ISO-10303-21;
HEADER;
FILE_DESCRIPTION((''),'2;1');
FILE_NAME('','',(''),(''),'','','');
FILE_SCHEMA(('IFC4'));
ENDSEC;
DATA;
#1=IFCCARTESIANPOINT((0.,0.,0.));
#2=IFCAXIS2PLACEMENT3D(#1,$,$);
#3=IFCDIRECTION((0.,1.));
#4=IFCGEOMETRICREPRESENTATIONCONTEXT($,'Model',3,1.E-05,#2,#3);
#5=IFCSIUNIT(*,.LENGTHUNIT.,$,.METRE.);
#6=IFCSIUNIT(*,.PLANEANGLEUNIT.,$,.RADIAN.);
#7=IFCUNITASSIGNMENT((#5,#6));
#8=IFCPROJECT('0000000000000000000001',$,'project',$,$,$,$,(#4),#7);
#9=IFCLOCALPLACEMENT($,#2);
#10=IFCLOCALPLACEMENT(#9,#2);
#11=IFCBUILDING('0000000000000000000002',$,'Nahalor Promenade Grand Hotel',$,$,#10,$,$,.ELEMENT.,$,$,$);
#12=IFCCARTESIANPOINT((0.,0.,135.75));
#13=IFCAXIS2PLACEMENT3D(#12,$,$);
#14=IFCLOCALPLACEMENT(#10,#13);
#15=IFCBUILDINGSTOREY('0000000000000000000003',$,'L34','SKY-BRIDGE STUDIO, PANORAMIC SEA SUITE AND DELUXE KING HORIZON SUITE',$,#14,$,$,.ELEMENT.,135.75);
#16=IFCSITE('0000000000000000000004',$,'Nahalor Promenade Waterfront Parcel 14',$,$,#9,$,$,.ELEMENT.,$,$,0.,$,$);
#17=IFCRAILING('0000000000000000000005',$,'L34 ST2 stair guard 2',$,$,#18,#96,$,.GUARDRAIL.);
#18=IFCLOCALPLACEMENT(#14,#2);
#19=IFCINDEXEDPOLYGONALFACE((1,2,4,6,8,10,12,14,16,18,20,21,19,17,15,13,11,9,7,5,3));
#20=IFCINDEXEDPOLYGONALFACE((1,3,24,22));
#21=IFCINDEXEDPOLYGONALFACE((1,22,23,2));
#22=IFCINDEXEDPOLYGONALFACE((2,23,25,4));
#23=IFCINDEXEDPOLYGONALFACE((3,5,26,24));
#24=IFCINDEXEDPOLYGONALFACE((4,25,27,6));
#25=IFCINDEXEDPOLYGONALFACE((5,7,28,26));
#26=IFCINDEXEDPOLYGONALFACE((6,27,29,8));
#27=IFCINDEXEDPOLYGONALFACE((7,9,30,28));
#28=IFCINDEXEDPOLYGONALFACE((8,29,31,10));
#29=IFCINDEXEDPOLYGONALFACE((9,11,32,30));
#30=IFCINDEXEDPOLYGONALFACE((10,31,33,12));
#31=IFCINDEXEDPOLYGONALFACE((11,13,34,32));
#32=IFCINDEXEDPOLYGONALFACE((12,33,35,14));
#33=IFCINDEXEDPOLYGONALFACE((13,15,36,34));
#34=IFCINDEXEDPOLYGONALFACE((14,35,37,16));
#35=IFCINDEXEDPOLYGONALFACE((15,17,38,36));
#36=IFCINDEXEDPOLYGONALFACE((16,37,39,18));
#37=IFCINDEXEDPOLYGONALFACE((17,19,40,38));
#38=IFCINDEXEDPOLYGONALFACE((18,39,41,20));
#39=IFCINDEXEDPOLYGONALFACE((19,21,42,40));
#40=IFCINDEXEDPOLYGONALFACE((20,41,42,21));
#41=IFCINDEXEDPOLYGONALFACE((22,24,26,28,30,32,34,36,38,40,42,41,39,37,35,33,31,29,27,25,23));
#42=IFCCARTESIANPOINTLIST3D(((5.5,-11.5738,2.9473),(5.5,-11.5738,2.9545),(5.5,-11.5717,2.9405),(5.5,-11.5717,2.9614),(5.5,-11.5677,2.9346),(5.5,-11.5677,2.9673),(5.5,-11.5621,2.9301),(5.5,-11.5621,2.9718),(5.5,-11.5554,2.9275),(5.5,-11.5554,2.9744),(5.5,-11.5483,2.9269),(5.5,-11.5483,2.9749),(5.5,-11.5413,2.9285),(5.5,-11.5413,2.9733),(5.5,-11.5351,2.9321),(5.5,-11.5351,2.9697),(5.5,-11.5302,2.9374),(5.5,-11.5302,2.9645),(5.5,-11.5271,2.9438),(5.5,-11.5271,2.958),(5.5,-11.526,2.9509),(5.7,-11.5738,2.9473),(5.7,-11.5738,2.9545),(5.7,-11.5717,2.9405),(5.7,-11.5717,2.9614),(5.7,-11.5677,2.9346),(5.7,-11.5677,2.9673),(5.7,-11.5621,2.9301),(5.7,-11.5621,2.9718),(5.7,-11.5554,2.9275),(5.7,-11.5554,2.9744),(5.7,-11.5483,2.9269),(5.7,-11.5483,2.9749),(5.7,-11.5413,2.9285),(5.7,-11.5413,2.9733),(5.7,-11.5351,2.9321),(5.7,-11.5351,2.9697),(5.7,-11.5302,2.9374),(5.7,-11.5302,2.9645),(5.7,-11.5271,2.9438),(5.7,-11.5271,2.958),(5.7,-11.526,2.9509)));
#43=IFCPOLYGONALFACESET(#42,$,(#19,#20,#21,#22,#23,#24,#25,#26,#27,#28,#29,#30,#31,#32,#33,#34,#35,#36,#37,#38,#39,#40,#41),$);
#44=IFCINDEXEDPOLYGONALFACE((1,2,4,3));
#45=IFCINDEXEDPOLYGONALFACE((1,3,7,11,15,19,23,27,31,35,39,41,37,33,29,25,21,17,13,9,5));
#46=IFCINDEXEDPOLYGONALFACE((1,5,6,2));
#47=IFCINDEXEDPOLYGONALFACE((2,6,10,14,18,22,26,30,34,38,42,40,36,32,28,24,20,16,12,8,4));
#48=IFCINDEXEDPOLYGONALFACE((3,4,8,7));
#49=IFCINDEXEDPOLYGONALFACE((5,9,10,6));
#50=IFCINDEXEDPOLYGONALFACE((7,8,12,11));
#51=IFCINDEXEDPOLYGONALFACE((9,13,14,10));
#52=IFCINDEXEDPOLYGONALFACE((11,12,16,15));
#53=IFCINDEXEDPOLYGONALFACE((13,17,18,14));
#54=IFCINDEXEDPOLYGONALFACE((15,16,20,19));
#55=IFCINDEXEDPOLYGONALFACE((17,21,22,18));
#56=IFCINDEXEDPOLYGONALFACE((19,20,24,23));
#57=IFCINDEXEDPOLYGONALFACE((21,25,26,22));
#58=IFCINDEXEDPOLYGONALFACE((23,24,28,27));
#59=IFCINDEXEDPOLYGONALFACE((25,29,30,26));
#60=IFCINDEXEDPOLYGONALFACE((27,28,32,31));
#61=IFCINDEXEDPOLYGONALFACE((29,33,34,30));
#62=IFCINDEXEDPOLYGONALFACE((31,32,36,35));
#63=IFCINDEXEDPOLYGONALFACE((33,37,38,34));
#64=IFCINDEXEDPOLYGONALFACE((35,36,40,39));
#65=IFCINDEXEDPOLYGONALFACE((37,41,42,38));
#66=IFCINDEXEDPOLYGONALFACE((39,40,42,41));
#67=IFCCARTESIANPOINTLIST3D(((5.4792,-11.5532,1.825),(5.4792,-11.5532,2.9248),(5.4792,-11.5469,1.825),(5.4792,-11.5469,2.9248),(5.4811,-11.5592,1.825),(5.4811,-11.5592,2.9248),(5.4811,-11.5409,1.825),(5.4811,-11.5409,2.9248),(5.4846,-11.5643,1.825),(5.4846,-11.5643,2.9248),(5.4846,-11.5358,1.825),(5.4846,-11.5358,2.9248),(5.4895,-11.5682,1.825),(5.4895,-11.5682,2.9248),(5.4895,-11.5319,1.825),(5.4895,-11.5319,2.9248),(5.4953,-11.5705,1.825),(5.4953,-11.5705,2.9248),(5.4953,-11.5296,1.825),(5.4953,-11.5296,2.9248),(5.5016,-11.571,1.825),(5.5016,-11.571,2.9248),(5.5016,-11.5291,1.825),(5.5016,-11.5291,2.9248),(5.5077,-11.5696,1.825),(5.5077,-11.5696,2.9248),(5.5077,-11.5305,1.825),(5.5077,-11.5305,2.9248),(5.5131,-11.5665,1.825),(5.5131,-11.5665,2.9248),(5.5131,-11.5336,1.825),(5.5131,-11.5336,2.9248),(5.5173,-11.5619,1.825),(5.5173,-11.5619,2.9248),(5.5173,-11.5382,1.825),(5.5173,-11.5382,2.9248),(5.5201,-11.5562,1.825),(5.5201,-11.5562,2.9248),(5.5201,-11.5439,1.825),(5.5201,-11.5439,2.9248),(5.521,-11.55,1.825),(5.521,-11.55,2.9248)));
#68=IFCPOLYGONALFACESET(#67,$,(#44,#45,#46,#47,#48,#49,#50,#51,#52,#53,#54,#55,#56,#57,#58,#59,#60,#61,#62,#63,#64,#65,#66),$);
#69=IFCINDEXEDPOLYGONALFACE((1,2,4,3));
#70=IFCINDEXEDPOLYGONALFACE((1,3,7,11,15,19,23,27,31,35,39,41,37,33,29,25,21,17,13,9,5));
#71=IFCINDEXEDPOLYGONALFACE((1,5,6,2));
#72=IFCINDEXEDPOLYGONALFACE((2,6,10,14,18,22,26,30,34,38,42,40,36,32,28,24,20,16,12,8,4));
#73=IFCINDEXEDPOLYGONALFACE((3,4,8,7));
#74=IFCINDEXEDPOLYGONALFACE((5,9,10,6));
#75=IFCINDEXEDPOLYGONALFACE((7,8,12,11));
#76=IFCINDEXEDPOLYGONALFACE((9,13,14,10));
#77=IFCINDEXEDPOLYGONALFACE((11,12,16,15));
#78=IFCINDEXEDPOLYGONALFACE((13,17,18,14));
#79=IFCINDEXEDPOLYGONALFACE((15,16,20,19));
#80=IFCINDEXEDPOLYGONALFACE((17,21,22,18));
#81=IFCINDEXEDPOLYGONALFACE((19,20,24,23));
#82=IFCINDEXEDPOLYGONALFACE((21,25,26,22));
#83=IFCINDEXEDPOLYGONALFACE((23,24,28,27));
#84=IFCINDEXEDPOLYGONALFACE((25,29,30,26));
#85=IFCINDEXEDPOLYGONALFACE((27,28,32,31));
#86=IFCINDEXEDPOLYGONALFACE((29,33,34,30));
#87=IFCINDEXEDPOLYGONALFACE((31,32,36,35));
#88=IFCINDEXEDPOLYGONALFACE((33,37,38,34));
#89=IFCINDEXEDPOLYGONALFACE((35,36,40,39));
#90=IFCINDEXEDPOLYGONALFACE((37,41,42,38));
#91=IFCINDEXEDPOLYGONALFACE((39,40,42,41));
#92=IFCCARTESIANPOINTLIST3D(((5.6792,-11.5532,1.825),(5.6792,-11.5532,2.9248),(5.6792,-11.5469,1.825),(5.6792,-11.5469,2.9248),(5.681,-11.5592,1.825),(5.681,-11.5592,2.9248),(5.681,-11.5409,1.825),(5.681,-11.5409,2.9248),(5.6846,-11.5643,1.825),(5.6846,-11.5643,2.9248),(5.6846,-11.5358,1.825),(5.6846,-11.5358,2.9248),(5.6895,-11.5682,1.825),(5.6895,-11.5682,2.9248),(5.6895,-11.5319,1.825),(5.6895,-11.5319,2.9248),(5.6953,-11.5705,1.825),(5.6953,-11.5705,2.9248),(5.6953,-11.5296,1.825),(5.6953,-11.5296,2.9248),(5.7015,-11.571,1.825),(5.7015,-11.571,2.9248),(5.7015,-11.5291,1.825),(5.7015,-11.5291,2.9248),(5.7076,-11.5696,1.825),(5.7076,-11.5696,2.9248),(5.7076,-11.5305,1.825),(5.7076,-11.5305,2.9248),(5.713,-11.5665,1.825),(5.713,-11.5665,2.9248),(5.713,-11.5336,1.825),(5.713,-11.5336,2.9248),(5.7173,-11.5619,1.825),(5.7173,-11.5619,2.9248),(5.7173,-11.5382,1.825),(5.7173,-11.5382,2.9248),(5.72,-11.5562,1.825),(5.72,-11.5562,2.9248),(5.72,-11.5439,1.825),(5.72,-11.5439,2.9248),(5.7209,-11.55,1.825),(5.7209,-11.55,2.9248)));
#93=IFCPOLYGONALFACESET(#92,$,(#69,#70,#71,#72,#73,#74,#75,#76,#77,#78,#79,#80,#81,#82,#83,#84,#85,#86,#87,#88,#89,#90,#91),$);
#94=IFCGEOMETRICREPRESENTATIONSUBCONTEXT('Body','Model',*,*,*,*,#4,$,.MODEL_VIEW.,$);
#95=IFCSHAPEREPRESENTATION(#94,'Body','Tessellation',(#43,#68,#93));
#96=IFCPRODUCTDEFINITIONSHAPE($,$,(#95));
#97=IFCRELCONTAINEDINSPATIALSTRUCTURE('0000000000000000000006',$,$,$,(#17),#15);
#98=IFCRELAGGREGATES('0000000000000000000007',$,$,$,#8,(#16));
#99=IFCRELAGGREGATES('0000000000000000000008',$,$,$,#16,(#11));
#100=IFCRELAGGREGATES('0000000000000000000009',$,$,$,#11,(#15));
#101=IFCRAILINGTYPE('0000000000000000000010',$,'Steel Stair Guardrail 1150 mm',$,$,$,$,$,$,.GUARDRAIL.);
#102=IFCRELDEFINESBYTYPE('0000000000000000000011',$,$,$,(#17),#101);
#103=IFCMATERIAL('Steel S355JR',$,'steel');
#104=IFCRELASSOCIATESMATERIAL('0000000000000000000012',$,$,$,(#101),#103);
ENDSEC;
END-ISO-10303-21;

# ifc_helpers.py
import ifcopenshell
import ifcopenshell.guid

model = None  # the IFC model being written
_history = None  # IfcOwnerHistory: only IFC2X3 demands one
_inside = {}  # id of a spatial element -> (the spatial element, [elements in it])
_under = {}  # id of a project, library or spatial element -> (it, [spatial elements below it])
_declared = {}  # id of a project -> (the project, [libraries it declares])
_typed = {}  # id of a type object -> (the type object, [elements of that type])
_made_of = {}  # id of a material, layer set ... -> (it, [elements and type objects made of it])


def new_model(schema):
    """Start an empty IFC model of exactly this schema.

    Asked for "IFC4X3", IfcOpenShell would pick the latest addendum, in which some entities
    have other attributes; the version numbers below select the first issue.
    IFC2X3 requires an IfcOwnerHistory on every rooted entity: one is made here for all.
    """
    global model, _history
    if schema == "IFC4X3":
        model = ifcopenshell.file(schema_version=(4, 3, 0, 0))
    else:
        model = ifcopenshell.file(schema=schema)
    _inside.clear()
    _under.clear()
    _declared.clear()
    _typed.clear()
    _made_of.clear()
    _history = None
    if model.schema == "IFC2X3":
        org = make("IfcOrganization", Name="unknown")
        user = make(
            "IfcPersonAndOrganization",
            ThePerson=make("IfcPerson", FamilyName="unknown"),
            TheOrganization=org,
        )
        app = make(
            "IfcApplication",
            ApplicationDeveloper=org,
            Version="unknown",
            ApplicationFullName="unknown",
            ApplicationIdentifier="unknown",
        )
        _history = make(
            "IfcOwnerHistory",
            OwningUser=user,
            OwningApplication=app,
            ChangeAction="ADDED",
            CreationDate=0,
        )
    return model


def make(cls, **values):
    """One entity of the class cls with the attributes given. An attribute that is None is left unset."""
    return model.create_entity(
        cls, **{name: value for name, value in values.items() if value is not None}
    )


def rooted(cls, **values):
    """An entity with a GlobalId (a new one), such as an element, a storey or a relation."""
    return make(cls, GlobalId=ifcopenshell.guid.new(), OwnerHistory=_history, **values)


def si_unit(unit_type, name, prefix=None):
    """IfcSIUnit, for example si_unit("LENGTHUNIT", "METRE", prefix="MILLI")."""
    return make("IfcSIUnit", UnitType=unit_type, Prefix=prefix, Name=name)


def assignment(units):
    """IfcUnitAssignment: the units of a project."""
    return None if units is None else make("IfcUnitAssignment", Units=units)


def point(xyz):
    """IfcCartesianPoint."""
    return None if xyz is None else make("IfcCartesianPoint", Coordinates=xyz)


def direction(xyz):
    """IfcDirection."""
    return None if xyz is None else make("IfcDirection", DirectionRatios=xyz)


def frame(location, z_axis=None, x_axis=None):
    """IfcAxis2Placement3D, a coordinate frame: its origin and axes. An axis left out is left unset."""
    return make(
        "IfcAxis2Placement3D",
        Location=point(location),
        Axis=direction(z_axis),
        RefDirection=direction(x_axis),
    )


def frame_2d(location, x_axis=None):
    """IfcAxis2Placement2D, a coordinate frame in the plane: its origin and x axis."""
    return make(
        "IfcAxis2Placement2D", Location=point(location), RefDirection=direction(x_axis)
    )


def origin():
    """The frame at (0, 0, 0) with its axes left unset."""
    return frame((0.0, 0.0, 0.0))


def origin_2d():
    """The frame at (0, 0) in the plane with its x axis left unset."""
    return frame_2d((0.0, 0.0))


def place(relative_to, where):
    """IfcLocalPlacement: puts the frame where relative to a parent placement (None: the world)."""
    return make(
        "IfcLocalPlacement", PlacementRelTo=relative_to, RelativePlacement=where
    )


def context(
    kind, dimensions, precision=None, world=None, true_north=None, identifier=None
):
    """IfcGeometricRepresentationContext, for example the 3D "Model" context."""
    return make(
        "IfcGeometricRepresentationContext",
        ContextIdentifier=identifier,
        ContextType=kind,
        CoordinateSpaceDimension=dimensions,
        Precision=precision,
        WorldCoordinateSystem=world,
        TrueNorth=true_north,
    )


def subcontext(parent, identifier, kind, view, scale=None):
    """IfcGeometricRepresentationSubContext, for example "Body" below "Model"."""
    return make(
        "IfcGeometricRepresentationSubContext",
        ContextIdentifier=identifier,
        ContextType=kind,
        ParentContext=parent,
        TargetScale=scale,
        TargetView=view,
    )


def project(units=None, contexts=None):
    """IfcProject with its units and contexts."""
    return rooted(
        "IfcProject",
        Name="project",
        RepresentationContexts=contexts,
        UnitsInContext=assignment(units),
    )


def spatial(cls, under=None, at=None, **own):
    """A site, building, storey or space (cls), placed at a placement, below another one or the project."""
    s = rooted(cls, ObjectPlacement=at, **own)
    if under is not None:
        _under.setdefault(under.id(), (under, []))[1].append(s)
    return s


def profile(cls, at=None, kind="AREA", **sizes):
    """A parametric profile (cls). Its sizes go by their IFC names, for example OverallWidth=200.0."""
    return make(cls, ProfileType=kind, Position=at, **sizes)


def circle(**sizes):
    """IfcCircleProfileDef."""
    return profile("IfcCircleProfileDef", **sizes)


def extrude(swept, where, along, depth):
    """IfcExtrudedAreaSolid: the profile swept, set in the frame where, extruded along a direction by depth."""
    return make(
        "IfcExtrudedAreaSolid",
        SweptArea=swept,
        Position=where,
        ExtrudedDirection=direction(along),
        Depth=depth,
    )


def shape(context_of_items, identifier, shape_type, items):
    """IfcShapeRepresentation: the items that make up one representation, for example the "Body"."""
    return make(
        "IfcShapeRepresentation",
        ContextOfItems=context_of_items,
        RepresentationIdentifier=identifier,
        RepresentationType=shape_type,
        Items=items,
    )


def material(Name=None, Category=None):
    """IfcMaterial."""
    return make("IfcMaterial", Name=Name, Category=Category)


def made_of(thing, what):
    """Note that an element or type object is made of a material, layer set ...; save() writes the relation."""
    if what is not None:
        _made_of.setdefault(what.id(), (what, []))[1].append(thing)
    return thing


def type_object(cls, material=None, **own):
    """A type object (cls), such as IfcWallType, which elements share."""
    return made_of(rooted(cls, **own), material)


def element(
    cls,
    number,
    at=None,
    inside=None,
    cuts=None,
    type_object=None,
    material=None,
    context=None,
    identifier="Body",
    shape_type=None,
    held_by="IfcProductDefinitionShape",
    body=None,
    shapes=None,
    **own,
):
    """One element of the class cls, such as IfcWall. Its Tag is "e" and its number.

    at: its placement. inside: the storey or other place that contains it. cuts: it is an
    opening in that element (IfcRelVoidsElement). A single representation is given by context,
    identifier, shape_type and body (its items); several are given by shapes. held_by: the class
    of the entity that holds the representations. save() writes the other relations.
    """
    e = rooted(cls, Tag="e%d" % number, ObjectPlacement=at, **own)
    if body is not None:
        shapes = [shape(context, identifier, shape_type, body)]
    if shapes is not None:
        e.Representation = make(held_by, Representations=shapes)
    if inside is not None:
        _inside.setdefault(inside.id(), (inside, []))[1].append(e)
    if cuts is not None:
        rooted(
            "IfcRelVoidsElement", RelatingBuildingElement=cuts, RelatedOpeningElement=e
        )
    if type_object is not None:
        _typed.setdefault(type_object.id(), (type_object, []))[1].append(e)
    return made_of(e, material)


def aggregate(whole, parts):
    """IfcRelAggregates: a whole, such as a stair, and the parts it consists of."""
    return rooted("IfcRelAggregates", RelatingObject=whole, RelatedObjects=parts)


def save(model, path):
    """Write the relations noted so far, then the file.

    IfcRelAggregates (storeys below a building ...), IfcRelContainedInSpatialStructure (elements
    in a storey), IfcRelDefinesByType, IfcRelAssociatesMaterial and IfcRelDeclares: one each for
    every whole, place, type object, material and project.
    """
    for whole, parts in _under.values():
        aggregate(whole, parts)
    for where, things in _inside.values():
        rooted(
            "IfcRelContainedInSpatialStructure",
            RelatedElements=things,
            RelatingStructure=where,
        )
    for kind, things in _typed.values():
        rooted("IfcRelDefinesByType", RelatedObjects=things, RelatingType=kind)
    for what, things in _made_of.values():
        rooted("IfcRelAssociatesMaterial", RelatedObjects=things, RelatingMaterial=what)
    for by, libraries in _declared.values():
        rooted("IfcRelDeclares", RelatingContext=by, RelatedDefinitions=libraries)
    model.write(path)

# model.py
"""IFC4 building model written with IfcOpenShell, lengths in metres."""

from ifc_helpers import new_model, si_unit, direction, frame, origin, origin_2d, place, context, subcontext, project, spatial, circle, extrude, material, type_object, element, save


model = new_model("IFC4")

# Units and contexts
model_context = context("Model", 3, precision=1e-05, world=origin(), true_north=direction((0.0, 1.0)))
body_context = subcontext(model_context, "Body", "Model", "MODEL_VIEW")
ifc_project = project(units=[si_unit("LENGTHUNIT", "METRE"), si_unit("PLANEANGLEUNIT", "RADIAN")], contexts=[model_context])

# Site, building, storey
site_placement = place(None, origin())
site = spatial("IfcSite", under=ifc_project, at=site_placement, Name="Nahalor Promenade Waterfront Parcel 14", CompositionType="ELEMENT", RefElevation=0.0)
building_placement = place(site_placement, origin())
building = spatial("IfcBuilding", under=site, at=building_placement, Name="Nahalor Promenade Grand Hotel", CompositionType="ELEMENT")
storey_placement = place(building_placement, frame((0.0, 0.0, 135.75)))
storey = spatial("IfcBuildingStorey", under=building, at=storey_placement, Name="L34", Description="SKY-BRIDGE STUDIO, PANORAMIC SEA SUITE AND DELUXE KING HORIZON SUITE", CompositionType="ELEMENT", Elevation=135.75)

# Shared definitions
ifc_material_1 = material(Name="Steel S355JR", Category="steel")

# Railing
railing_type_1 = type_object("IfcRailingType", Name="Steel Stair Guardrail 1150 mm", PredefinedType="GUARDRAIL", material=ifc_material_1)
railing_1_placement = place(storey_placement, frame((5.5, -11.55, 1.825)))
element("IfcRailing", 1, at=railing_1_placement, inside=storey, type_object=railing_type_1, Name="L34 ST2 stair guard 2", PredefinedType="GUARDRAIL", context=body_context, shape_type="SweptSolid", body=[
    extrude(circle(Radius=0.024, at=origin_2d()), frame((0.0, 0.0, 1.126), z_axis=(1.0, 0.0, 0.0), x_axis=(0.0, 1.0, 0.0)), (0.0, 0.0, 1.0), 0.2),
    extrude(circle(Radius=0.021, at=origin_2d()), origin(), (0.0, 0.0, 1.0), 1.0999),
    extrude(circle(Radius=0.021, at=origin_2d()), frame((0.2, 0.0, 0.0)), (0.0, 0.0, 1.0), 1.0999),
])

save(model, "model.ifc")
